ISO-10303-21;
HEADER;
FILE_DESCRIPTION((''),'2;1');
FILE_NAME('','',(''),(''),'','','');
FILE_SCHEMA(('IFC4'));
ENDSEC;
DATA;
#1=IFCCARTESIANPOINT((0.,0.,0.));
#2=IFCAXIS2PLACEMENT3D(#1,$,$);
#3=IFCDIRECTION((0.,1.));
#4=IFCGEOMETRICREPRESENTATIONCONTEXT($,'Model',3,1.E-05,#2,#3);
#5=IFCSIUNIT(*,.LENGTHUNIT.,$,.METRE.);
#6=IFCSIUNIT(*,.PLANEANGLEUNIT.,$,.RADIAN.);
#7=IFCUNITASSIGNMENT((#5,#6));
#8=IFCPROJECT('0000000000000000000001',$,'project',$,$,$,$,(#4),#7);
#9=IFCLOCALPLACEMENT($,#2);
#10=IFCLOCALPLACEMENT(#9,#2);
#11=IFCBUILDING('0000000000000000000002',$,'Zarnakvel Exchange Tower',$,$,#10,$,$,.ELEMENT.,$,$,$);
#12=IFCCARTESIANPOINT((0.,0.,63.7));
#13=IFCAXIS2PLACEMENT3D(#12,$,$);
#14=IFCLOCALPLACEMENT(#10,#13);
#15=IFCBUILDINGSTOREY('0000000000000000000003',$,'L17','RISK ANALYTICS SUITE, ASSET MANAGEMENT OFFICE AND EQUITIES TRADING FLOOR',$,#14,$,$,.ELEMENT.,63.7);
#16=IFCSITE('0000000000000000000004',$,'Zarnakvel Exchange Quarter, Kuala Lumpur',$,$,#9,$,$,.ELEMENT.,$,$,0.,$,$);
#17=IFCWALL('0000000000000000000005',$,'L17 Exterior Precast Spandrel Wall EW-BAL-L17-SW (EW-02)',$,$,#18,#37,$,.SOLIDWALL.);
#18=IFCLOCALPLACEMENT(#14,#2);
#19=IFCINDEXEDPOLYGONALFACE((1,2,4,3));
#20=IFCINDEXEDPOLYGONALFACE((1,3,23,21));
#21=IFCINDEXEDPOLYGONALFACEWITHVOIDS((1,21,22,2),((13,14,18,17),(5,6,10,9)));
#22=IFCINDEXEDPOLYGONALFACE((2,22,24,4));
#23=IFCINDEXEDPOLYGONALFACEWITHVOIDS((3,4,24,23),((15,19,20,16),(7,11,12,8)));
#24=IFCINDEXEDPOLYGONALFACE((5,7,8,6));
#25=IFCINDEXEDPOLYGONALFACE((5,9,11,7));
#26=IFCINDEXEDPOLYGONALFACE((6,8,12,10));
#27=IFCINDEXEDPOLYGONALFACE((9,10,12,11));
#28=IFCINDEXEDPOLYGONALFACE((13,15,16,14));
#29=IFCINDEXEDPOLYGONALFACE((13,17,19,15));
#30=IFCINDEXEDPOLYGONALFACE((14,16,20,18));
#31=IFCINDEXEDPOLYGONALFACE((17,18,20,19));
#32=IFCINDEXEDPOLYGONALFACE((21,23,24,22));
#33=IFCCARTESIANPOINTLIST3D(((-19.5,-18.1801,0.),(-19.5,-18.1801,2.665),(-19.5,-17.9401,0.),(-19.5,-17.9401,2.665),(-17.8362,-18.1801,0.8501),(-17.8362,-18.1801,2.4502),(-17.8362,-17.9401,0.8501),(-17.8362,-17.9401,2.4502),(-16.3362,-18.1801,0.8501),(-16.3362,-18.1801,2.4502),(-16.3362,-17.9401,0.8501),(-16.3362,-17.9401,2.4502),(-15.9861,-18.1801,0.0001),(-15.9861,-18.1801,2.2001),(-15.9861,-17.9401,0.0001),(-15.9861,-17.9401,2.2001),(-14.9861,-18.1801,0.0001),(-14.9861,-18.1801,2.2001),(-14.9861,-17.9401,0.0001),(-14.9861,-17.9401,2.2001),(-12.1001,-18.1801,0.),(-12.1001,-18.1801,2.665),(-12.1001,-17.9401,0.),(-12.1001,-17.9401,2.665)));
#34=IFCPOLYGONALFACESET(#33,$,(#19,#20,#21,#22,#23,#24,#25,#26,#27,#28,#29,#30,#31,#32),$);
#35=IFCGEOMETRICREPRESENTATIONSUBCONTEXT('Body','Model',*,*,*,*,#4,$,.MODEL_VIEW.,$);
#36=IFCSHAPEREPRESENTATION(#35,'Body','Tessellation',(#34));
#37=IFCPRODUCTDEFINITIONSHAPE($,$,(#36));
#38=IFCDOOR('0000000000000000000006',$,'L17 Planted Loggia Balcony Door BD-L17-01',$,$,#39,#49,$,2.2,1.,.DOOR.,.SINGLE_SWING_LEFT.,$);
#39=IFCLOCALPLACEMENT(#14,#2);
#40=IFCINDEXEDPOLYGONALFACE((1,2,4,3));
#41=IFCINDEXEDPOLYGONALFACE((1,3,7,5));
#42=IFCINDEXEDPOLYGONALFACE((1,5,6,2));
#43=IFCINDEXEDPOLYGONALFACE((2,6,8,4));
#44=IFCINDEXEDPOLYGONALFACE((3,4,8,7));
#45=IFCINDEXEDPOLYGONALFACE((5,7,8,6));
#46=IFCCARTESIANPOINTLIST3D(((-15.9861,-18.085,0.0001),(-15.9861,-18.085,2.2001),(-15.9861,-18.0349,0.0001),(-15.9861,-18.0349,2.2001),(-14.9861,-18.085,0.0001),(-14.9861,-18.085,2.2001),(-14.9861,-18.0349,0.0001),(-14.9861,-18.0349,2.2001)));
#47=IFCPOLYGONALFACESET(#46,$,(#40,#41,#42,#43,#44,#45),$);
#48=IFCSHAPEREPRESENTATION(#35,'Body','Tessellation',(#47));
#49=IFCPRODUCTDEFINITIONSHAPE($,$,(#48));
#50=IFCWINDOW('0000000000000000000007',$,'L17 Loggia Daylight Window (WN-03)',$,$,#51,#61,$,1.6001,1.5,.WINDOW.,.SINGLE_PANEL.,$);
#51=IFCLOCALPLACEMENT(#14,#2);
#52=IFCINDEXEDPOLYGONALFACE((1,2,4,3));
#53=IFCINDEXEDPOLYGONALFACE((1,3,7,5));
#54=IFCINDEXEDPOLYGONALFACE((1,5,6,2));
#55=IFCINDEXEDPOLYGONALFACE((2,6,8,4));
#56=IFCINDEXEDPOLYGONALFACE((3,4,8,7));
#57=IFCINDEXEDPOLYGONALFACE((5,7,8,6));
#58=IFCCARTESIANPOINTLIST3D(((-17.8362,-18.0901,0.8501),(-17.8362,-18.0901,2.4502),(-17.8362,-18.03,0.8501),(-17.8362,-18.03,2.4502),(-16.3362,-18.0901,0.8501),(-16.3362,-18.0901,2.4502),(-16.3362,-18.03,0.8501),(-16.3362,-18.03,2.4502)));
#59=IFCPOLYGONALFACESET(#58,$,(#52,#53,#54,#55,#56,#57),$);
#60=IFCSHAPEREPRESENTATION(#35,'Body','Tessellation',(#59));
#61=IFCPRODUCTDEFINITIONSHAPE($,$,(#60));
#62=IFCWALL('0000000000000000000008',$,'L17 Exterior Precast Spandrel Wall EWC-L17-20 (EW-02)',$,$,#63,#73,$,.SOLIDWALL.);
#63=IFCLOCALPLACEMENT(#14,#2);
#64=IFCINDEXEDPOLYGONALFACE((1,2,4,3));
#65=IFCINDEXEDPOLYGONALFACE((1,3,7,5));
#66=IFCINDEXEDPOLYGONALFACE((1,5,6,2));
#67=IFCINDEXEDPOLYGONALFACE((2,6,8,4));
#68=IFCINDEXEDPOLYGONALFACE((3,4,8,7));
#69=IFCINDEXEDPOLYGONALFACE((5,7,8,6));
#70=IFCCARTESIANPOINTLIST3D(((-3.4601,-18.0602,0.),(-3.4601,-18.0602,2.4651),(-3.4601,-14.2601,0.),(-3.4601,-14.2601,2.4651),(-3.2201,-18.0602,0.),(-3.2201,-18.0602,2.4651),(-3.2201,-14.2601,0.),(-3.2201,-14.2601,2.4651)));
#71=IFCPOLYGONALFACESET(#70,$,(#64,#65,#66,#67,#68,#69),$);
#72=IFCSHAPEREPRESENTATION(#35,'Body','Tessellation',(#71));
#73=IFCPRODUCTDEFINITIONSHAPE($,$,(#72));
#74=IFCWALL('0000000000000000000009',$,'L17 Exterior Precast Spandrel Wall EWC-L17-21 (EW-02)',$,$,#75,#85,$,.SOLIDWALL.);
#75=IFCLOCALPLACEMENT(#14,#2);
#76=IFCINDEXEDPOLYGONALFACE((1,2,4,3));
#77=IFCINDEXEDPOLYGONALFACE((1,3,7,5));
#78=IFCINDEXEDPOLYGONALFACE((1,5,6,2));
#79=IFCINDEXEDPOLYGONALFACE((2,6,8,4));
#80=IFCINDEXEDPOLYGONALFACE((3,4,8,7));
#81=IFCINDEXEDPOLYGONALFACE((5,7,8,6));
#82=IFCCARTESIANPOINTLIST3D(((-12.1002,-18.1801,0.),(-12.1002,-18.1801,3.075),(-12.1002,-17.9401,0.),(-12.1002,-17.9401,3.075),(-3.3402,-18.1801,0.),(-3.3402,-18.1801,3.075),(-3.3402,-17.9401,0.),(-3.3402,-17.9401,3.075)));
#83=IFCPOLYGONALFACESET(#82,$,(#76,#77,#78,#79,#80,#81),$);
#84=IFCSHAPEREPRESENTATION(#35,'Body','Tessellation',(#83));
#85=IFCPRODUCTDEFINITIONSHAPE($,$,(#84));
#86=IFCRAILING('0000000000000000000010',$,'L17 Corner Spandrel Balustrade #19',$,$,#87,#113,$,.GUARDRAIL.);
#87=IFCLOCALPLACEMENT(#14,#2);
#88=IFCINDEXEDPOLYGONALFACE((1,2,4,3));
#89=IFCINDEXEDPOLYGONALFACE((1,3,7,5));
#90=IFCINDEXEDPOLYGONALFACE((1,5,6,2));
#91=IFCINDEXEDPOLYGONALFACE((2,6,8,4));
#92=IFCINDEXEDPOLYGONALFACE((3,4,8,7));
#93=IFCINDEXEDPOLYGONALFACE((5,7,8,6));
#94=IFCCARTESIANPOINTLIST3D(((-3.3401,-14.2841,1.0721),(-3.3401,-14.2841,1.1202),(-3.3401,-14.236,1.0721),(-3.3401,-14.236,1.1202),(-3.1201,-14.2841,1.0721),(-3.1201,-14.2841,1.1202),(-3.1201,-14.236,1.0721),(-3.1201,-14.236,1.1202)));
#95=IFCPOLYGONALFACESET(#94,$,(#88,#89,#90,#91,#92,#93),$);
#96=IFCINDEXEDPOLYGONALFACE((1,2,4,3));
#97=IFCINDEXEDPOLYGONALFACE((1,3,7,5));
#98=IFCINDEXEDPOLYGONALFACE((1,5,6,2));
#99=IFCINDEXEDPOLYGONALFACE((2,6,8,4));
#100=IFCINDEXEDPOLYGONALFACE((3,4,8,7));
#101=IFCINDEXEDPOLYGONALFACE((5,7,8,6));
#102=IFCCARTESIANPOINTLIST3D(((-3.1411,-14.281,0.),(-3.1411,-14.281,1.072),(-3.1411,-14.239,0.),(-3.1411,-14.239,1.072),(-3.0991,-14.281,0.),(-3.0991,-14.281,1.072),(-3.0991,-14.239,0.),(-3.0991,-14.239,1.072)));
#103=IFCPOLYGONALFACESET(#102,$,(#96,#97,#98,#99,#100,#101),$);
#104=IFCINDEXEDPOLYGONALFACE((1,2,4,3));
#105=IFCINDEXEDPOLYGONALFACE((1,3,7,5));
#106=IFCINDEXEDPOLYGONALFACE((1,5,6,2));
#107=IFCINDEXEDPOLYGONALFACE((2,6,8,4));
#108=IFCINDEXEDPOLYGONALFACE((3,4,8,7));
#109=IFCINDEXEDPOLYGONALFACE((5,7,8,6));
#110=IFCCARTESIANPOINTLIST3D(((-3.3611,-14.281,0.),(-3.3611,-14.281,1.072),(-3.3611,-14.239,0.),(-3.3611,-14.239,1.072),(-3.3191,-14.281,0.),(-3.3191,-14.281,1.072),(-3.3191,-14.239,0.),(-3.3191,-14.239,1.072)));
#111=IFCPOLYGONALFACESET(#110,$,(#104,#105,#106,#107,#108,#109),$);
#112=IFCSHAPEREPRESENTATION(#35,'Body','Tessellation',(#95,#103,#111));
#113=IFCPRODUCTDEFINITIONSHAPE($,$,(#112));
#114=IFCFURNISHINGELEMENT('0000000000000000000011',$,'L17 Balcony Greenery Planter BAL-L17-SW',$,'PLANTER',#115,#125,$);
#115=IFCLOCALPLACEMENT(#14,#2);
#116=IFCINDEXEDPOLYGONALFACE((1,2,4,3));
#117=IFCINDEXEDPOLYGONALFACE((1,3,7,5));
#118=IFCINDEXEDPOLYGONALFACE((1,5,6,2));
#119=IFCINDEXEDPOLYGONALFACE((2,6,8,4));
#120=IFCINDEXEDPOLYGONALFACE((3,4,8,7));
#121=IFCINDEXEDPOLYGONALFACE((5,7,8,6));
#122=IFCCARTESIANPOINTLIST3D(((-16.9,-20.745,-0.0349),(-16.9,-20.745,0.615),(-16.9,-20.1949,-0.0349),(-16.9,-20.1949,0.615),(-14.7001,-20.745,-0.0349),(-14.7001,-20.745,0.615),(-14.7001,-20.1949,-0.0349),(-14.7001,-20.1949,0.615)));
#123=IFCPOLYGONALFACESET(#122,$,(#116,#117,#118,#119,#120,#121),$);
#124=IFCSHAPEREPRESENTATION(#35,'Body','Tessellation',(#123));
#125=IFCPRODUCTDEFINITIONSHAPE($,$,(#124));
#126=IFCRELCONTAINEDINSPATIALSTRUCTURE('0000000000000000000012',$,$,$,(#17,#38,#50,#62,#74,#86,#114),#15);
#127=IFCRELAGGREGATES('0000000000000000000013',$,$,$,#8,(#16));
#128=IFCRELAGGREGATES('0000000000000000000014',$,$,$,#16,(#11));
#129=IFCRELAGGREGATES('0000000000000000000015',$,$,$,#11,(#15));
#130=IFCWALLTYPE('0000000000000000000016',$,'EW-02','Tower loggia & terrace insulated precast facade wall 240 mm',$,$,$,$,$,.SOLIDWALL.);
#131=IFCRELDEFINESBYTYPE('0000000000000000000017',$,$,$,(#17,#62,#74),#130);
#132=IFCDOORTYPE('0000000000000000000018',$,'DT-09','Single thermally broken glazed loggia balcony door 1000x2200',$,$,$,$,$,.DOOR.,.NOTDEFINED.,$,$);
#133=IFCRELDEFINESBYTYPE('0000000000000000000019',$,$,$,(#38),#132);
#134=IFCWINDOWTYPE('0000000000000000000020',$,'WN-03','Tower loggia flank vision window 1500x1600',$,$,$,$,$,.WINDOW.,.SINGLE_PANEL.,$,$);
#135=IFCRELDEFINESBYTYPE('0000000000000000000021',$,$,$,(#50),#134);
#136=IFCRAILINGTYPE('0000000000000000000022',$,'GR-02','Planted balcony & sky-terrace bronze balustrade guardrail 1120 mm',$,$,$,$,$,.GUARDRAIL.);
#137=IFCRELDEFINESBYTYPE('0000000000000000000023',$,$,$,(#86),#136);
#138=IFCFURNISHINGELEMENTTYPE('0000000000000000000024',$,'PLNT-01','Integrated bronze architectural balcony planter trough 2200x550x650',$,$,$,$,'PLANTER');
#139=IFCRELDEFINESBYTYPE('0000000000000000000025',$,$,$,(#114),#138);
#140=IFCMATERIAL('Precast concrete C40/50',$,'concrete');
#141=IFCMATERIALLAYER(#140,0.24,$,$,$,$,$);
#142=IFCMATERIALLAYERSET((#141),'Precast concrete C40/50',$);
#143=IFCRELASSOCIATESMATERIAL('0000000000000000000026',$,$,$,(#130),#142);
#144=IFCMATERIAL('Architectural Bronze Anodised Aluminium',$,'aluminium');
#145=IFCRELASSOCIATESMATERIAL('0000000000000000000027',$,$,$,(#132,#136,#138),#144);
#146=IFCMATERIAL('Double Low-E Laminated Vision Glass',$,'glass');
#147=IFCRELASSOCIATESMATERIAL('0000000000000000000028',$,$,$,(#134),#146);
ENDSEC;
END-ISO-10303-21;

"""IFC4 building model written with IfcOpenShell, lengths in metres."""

from ifc_helpers import new_model, si_unit, direction, frame, frame_2d, origin, origin_2d, place, context, subcontext, project, spatial, rectangle, extrude, source, transform, mapped, material, layer, layer_set, type_object, element, fill, save


model = new_model("IFC4")

# Units and contexts
model_context = context("Model", 3, precision=1e-05, world=origin(), true_north=direction((0.0, 1.0)))
body_context = subcontext(model_context, "Body", "Model", "MODEL_VIEW")
ifc_project = project(units=[si_unit("LENGTHUNIT", "METRE"), si_unit("PLANEANGLEUNIT", "RADIAN")], contexts=[model_context])

# Site, building, storey
site_placement = place(None, origin())
site = spatial("IfcSite", under=ifc_project, at=site_placement, Name="Zarnakvel Exchange Quarter, Kuala Lumpur", CompositionType="ELEMENT", RefElevation=0.0)
building_placement = place(site_placement, origin())
building = spatial("IfcBuilding", under=site, at=building_placement, Name="Zarnakvel Exchange Tower", CompositionType="ELEMENT")
storey_placement = place(building_placement, frame((0.0, 0.0, 63.7)))
storey = spatial("IfcBuildingStorey", under=building, at=storey_placement, Name="L17", Description="RISK ANALYTICS SUITE, ASSET MANAGEMENT OFFICE AND EQUITIES TRADING FLOOR", CompositionType="ELEMENT", Elevation=63.7)

# Shared definitions
ifc_material_1 = material(Name="Architectural Bronze Anodised Aluminium", Category="aluminium")

# Shared definitions
ifc_material_2 = material(Name="Double Low-E Laminated Vision Glass", Category="glass")

# Wall, openings, door, window
ifc_material_3 = material(Name="Precast concrete C40/50", Category="concrete")
ifc_layer_1 = layer(ifc_material_3, 0.24)
ifc_layer_set_1 = layer_set([ifc_layer_1], Name="Precast concrete C40/50")
wall_type = type_object("IfcWallType", Name="EW-02", Description="Tower loggia & terrace insulated precast facade wall 240 mm", PredefinedType="SOLIDWALL", material=ifc_layer_set_1)
wall_1_placement = place(storey_placement, frame((-12.1001, -18.0601, 0.0), z_axis=(0.0, 0.0, 1.0), x_axis=(-1.0, 0.0, 0.0)))
wall_1 = element("IfcWall", 1, at=wall_1_placement, inside=storey, type_object=wall_type, Name="L17 Exterior Precast Spandrel Wall EW-BAL-L17-SW (EW-02)", PredefinedType="SOLIDWALL", context=body_context, shape_type="SweptSolid", body=[
    extrude(rectangle(XDim=7.3999, YDim=0.24, at=frame_2d((3.7, 0.0))), origin(), (0.0, 0.0, 1.0), 2.665),
])
opening_1_placement = place(wall_1_placement, frame((2.886, 0.0, 0.0)))
opening_1 = element("IfcOpeningElement", 2, at=opening_1_placement, cuts=wall_1, PredefinedType="OPENING", context=body_context, shape_type="SweptSolid", body=[
    extrude(rectangle(XDim=1.0, YDim=2.2, at=frame_2d((0.5, 1.1001))), frame((0.0, 0.1299, 0.0), z_axis=(0.0, -1.0, 0.0), x_axis=(1.0, 0.0, 0.0)), (0.0, 0.0, 1.0), 0.26),
])
opening_2_placement = place(wall_1_placement, frame((4.2361, 0.0, 0.8501)))
opening_2 = element("IfcOpeningElement", 3, at=opening_2_placement, cuts=wall_1, PredefinedType="OPENING", context=body_context, shape_type="SweptSolid", body=[
    extrude(rectangle(XDim=1.5, YDim=1.6001, at=frame_2d((0.75, 0.8))), frame((0.0, 0.1299, 0.0), z_axis=(0.0, -1.0, 0.0), x_axis=(1.0, 0.0, 0.0)), (0.0, 0.0, 1.0), 0.26),
])
door_type = type_object("IfcDoorType", Name="DT-09", Description="Single thermally broken glazed loggia balcony door 1000x2200", OperationType="NOTDEFINED", PredefinedType="DOOR", material=ifc_material_1)
shared_shape_1 = source(origin(), body_context, "Body", "SweptSolid", [
    extrude(rectangle(XDim=1.0, YDim=2.2, at=frame_2d((0.5, 1.1001))), frame((0.0, 0.0249, 0.0), z_axis=(0.0, -1.0, 0.0), x_axis=(1.0, 0.0, 0.0)), (0.0, 0.0, 1.0), 0.05),
])
door_placement = place(opening_1_placement, origin())
door = element("IfcDoor", 4, at=door_placement, inside=storey, type_object=door_type, Name="L17 Planted Loggia Balcony Door BD-L17-01", OperationType="SINGLE_SWING_LEFT", OverallHeight=2.2, OverallWidth=1.0, PredefinedType="DOOR", context=body_context, shape_type="MappedRepresentation", body=[
    mapped(shared_shape_1, transform((0.0, 0.0, 0.0), x_axis=(1.0, 0.0, 0.0), y_axis=(0.0, 1.0, 0.0), z_axis=(0.0, 0.0, 1.0), scale=1.0)),
])
fill(opening_1, door)
window_type = type_object("IfcWindowType", Name="WN-03", Description="Tower loggia flank vision window 1500x1600", PartitioningType="SINGLE_PANEL", PredefinedType="WINDOW", material=ifc_material_2)
shared_shape_2 = source(origin(), body_context, "Body", "SweptSolid", [
    extrude(rectangle(XDim=1.5, YDim=1.6001, at=frame_2d((0.75, 0.8))), frame((0.0, 0.03, 0.0), z_axis=(0.0, -1.0, 0.0), x_axis=(1.0, 0.0, 0.0)), (0.0, 0.0, 1.0), 0.0601),
])
window_placement = place(opening_2_placement, origin())
window = element("IfcWindow", 5, at=window_placement, inside=storey, type_object=window_type, Name="L17 Loggia Daylight Window (WN-03)", OverallHeight=1.6001, OverallWidth=1.5, PartitioningType="SINGLE_PANEL", PredefinedType="WINDOW", context=body_context, shape_type="MappedRepresentation", body=[
    mapped(shared_shape_2, transform((0.0, 0.0, 0.0), x_axis=(1.0, 0.0, 0.0), y_axis=(0.0, 1.0, 0.0), z_axis=(0.0, 0.0, 1.0), scale=1.0)),
])
fill(opening_2, window)

# Walls
wall_2_placement = place(storey_placement, frame((-3.3401, -18.0601, 0.0), z_axis=(0.0, 0.0, 1.0), x_axis=(0.0, 1.0, 0.0)))
element("IfcWall", 6, at=wall_2_placement, inside=storey, type_object=wall_type, Name="L17 Exterior Precast Spandrel Wall EWC-L17-20 (EW-02)", PredefinedType="SOLIDWALL", context=body_context, shape_type="SweptSolid", body=[
    extrude(rectangle(XDim=3.8, YDim=0.24, at=frame_2d((1.8999, 0.0))), origin(), (0.0, 0.0, 1.0), 2.4651),
])
wall_3_placement = place(storey_placement, frame((-12.1001, -18.0601, 0.0), z_axis=(0.0, 0.0, 1.0), x_axis=(1.0, 0.0, 0.0)))
element("IfcWall", 7, at=wall_3_placement, inside=storey, type_object=wall_type, Name="L17 Exterior Precast Spandrel Wall EWC-L17-21 (EW-02)", PredefinedType="SOLIDWALL", context=body_context, shape_type="SweptSolid", body=[
    extrude(rectangle(XDim=8.76, YDim=0.24, at=frame_2d((4.3799, 0.0))), origin(), (0.0, 0.0, 1.0), 3.075),
])

# Railing
railing_type = type_object("IfcRailingType", Name="GR-02", Description="Planted balcony & sky-terrace bronze balustrade guardrail 1120 mm", PredefinedType="GUARDRAIL", material=ifc_material_1)
railing_placement = place(storey_placement, frame((-3.1201, -14.26, 0.0)))
element("IfcRailing", 8, at=railing_placement, inside=storey, type_object=railing_type, Name="L17 Corner Spandrel Balustrade #19", PredefinedType="GUARDRAIL", context=body_context, shape_type="SweptSolid", body=[
    extrude(rectangle(XDim=0.0481, YDim=0.0481, at=origin_2d()), frame((0.0, 0.0, 1.0962), z_axis=(-1.0, 0.0, 0.0), x_axis=(0.0, -1.0, 0.0)), (0.0, 0.0, 1.0), 0.22),
    extrude(rectangle(XDim=0.042, YDim=0.042, at=origin_2d()), origin(), (0.0, 0.0, 1.0), 1.072),
    extrude(rectangle(XDim=0.042, YDim=0.042, at=origin_2d()), frame((-0.22, 0.0, 0.0)), (0.0, 0.0, 1.0), 1.072),
])

# Furnishing element
furnishing_element_type = type_object("IfcFurnishingElementType", Name="PLNT-01", Description="Integrated bronze architectural balcony planter trough 2200x550x650", ElementType="PLANTER", material=ifc_material_1)
shared_shape_3 = source(origin(), body_context, "Body", "SweptSolid", [
    extrude(rectangle(XDim=2.2, YDim=0.55, at=origin_2d()), origin(), (0.0, 0.0, 1.0), 0.6499),
])
furnishing_placement = place(storey_placement, frame((-15.8, -20.47, -0.0349), z_axis=(0.0, 0.0, 1.0), x_axis=(1.0, 0.0, 0.0)))
element("IfcFurnishingElement", 9, at=furnishing_placement, inside=storey, type_object=furnishing_element_type, Name="L17 Balcony Greenery Planter BAL-L17-SW", ObjectType="PLANTER", context=body_context, shape_type="MappedRepresentation", body=[
    mapped(shared_shape_3, transform((0.0, 0.0, 0.0), x_axis=(1.0, 0.0, 0.0), y_axis=(0.0, 1.0, 0.0), z_axis=(0.0, 0.0, 1.0), scale=1.0)),
])

save(model, "model.ifc")
